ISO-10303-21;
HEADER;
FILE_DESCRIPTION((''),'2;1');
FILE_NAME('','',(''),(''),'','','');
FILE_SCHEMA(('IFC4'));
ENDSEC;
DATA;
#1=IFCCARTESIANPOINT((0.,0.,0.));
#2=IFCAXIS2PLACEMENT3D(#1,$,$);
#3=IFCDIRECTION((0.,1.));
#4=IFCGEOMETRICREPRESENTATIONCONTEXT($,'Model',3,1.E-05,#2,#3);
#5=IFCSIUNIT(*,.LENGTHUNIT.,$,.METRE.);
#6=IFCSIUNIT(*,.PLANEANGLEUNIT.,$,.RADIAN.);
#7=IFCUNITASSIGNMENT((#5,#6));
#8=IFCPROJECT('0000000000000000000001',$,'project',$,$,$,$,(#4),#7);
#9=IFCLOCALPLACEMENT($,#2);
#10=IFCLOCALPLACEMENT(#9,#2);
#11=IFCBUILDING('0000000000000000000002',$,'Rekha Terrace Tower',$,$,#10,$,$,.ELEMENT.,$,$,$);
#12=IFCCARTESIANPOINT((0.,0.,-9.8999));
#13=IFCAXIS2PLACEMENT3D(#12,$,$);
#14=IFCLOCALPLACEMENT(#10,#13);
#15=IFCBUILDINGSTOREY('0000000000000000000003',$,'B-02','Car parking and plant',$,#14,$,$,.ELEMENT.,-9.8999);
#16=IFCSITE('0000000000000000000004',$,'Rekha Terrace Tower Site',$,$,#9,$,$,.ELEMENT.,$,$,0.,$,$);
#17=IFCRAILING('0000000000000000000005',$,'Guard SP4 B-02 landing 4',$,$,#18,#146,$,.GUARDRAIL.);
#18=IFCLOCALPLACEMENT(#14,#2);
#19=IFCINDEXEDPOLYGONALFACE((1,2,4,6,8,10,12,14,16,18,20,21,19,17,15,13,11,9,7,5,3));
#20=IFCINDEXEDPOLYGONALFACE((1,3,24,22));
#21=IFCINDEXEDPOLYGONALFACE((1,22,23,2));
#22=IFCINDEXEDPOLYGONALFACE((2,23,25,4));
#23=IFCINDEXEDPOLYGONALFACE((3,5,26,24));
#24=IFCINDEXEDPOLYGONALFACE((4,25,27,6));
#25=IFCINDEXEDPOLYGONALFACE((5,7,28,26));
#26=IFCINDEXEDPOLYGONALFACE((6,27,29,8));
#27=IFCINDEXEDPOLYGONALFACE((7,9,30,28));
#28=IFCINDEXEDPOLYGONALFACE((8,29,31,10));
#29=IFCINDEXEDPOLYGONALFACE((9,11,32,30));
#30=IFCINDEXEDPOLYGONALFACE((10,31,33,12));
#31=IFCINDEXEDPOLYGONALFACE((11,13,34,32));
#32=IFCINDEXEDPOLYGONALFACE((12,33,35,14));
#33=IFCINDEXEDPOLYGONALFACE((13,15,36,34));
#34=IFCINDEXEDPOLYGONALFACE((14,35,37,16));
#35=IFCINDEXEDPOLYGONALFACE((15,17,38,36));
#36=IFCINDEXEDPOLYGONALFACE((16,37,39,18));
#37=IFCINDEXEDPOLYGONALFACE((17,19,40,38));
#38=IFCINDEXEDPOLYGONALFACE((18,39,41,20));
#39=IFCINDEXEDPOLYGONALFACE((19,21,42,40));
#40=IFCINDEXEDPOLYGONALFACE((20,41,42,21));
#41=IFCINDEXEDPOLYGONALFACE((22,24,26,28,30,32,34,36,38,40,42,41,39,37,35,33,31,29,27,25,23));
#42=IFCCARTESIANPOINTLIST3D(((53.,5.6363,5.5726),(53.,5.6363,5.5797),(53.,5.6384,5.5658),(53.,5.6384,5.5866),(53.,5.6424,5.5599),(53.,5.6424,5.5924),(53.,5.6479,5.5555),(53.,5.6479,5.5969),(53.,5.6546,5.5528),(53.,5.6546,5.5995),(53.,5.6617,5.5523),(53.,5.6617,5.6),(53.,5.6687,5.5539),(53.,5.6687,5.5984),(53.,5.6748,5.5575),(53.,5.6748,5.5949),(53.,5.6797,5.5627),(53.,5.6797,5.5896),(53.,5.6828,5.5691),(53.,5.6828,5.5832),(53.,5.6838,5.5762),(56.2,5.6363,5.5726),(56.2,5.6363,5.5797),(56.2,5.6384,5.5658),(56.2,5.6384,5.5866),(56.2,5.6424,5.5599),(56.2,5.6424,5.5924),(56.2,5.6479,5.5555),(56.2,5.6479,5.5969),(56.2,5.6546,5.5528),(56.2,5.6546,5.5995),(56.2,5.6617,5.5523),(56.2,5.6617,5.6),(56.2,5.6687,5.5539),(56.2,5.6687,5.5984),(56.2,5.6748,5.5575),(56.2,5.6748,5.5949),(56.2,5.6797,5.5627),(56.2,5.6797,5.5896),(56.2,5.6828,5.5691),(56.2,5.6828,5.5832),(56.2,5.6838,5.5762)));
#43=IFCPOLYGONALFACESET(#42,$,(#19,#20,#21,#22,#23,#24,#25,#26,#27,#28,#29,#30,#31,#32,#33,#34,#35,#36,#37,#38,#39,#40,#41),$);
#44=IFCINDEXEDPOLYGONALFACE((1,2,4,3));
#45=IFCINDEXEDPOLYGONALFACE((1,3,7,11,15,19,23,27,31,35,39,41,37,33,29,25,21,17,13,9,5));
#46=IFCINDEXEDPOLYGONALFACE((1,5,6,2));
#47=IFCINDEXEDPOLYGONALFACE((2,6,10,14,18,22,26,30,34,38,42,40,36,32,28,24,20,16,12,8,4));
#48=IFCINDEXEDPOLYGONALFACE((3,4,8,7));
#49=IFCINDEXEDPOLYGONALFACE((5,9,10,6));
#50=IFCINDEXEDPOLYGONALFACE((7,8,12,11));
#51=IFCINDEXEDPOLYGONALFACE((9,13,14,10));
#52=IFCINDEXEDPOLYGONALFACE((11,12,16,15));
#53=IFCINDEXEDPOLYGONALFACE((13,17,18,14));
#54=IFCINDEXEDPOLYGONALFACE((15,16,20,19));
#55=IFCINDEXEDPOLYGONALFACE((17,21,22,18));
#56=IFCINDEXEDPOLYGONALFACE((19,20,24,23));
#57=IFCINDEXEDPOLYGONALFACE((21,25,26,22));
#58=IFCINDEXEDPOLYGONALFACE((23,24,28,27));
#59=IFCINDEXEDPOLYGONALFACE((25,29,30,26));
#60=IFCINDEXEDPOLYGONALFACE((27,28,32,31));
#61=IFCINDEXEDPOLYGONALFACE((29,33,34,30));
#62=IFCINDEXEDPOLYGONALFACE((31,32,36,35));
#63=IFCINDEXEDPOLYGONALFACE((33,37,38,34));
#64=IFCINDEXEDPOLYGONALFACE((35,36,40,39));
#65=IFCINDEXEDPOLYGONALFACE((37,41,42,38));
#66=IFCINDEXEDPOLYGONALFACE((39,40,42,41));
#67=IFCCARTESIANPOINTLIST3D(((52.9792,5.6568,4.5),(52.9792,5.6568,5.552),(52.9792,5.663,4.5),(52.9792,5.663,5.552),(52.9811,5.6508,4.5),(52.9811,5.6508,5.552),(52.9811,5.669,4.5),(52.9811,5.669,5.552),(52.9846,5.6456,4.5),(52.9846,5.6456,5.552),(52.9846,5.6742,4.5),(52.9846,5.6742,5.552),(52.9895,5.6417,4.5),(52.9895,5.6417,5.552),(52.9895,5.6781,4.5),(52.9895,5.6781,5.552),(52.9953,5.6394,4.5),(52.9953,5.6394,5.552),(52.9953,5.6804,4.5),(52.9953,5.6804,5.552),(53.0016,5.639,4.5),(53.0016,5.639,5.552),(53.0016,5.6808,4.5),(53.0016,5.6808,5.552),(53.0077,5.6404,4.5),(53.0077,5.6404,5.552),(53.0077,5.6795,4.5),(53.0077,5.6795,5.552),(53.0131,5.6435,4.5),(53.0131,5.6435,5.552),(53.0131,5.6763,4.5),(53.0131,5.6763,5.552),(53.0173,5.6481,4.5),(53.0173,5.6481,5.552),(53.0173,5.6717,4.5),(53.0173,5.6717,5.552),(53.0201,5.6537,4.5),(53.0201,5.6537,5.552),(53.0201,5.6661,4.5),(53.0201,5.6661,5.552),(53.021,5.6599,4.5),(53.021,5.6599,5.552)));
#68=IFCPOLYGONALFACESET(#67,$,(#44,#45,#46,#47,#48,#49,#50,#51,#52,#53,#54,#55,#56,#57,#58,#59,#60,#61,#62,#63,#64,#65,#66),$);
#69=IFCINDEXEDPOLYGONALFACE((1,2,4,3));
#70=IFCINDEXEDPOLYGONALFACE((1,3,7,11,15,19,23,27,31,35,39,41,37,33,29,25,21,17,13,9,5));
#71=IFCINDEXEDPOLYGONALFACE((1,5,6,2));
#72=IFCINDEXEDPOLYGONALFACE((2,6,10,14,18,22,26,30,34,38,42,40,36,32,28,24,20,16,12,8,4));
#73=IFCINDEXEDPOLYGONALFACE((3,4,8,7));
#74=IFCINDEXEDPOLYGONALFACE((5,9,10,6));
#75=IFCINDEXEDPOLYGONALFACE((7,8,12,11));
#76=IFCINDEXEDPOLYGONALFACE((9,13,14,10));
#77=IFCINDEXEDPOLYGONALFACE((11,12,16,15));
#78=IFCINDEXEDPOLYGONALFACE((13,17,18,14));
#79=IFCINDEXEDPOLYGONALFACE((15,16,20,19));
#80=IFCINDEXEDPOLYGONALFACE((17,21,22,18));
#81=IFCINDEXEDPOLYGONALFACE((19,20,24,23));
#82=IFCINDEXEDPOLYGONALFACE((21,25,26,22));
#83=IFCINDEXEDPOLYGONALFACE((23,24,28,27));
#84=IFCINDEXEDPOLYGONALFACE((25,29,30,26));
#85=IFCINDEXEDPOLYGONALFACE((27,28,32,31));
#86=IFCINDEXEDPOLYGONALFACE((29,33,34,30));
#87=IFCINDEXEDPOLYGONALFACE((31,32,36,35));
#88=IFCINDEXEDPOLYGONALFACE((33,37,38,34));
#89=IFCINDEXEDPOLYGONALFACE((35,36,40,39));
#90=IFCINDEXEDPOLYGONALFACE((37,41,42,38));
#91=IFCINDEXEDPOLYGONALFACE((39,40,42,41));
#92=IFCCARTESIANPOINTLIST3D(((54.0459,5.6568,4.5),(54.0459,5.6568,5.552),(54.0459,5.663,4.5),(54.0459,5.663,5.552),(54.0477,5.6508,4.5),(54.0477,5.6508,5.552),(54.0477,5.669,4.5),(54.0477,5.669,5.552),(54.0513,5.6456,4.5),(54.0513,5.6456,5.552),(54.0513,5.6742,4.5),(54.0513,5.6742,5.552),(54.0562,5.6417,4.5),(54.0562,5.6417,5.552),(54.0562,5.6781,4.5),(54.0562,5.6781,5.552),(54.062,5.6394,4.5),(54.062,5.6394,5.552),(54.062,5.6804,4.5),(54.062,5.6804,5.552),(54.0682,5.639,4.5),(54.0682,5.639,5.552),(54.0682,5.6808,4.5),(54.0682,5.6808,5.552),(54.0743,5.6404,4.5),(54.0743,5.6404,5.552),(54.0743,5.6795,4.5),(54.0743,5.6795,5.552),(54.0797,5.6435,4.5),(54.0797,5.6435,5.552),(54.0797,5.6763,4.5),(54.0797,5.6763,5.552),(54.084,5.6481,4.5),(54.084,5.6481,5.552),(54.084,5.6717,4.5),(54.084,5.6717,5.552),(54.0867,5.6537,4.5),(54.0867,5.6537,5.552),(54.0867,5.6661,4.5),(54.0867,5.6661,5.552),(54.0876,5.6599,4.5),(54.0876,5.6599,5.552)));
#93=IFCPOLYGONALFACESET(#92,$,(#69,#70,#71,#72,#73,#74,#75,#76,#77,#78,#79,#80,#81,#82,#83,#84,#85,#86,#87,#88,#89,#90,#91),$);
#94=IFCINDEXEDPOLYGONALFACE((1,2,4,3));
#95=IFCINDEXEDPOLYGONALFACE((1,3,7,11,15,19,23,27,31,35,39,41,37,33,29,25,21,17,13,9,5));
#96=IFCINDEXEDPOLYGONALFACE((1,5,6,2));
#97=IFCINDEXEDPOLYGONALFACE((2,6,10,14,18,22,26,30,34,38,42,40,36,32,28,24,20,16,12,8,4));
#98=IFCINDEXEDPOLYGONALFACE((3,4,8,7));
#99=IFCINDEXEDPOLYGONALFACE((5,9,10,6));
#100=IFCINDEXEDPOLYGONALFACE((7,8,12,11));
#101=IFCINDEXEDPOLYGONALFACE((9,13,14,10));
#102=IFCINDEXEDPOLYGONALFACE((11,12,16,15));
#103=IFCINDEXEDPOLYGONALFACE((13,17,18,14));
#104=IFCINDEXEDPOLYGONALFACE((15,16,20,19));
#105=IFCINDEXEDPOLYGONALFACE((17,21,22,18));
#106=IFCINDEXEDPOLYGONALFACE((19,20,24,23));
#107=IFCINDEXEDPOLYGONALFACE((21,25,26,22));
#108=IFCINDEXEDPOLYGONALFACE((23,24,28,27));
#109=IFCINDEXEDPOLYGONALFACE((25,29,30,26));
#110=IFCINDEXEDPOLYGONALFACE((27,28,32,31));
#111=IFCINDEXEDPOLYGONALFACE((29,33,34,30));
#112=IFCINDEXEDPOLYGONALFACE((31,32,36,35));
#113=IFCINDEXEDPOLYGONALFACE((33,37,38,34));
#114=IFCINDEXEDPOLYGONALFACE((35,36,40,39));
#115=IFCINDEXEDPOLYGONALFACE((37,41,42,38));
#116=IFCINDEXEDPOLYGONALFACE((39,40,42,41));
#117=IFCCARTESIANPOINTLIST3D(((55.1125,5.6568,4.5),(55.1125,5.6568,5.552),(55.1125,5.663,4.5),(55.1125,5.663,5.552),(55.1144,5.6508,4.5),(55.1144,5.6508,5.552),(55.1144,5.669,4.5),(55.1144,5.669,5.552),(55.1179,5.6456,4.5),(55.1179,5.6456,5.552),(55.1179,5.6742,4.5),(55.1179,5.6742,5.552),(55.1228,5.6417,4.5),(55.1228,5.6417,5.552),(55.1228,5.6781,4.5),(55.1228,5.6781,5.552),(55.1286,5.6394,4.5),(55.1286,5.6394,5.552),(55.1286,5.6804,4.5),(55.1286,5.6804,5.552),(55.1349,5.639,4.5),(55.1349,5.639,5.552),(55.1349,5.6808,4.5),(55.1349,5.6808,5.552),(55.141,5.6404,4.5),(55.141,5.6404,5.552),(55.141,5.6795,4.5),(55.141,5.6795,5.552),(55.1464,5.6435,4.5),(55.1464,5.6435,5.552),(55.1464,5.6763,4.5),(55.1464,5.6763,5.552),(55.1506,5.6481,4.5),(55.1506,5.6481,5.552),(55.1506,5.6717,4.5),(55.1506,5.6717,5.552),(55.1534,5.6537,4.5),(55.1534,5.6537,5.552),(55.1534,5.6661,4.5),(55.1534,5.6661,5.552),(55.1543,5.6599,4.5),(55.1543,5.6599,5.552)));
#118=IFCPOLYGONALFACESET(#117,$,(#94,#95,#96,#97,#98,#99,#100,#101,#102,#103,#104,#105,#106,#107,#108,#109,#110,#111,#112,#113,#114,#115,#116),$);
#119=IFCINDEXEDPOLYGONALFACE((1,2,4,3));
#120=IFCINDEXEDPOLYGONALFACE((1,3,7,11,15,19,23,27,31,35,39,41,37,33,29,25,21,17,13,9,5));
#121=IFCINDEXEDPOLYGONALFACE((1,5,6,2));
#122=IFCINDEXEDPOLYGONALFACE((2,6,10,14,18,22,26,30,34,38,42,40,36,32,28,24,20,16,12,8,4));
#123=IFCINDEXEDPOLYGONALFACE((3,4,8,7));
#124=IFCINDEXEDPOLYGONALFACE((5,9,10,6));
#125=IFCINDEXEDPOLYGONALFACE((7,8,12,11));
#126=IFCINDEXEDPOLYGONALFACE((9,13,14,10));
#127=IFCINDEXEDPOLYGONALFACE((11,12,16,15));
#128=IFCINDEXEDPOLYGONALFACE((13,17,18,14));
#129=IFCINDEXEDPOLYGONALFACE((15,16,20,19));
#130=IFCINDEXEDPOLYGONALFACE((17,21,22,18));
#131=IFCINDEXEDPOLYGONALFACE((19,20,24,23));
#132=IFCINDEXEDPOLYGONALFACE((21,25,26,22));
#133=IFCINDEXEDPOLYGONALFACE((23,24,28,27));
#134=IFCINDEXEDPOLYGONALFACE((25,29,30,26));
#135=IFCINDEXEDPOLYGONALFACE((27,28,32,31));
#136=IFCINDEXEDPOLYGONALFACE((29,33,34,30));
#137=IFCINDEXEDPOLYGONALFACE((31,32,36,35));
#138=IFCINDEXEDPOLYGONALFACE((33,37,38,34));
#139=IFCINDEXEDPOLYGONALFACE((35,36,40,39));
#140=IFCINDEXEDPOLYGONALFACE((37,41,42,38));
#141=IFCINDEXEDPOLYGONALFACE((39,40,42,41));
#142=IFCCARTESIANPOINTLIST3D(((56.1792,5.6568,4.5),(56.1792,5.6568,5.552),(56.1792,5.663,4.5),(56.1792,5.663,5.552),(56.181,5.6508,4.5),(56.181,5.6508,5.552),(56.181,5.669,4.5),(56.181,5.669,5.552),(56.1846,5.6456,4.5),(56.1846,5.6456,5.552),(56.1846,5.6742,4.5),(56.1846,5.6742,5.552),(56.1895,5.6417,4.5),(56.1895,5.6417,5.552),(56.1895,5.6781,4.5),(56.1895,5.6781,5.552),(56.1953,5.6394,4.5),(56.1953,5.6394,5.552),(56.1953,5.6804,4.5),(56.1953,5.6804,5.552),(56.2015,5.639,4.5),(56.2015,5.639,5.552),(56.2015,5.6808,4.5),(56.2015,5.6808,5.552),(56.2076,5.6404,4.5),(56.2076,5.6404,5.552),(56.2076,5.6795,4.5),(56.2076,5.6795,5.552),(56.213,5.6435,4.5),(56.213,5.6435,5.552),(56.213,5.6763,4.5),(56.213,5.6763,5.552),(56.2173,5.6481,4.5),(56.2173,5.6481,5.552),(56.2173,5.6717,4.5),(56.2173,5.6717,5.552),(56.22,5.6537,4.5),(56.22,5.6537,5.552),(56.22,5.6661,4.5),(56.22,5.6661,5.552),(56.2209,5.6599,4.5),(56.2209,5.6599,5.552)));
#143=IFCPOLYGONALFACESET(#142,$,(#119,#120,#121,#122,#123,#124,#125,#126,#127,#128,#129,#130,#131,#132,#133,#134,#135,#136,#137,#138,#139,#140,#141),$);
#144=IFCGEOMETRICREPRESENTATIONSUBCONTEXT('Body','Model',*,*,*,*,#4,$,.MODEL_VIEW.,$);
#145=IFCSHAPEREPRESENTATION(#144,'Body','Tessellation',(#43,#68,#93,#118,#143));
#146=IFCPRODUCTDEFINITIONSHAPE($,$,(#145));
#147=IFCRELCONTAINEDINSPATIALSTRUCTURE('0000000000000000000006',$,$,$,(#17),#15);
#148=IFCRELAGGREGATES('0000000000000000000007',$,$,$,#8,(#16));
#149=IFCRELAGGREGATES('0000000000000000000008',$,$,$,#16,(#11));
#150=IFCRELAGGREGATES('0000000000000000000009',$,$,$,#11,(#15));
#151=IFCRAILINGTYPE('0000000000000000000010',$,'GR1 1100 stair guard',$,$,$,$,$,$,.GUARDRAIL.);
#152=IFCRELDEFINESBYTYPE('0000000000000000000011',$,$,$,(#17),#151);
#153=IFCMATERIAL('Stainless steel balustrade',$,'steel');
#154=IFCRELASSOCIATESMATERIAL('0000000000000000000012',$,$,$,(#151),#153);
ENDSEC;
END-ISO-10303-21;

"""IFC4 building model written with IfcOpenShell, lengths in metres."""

from ifc_helpers import new_model, si_unit, direction, frame, origin, origin_2d, place, context, subcontext, project, spatial, circle, extrude, material, type_object, element, save


model = new_model("IFC4")

# Units and contexts
model_context = context("Model", 3, precision=1e-05, world=origin(), true_north=direction((0.0, 1.0)))
body_context = subcontext(model_context, "Body", "Model", "MODEL_VIEW")
ifc_project = project(units=[si_unit("LENGTHUNIT", "METRE"), si_unit("PLANEANGLEUNIT", "RADIAN")], contexts=[model_context])

# Site, building, storey
site_placement = place(None, origin())
site = spatial("IfcSite", under=ifc_project, at=site_placement, Name="Rekha Terrace Tower Site", CompositionType="ELEMENT", RefElevation=0.0)
building_placement = place(site_placement, origin())
building = spatial("IfcBuilding", under=site, at=building_placement, Name="Rekha Terrace Tower", CompositionType="ELEMENT")
storey_placement = place(building_placement, frame((0.0, 0.0, -9.8999)))
storey = spatial("IfcBuildingStorey", under=building, at=storey_placement, Name="B-02", Description="Car parking and plant", CompositionType="ELEMENT", Elevation=-9.8999)

# Railing
ifc_material_1 = material(Name="Stainless steel balustrade", Category="steel")
railing_type_1 = type_object("IfcRailingType", Name="GR1 1100 stair guard", PredefinedType="GUARDRAIL", material=ifc_material_1)
railing_1_placement = place(storey_placement, frame((53.0, 5.6599, 4.5)))
element("IfcRailing", 1, at=railing_1_placement, inside=storey, type_object=railing_type_1, Name="Guard SP4 B-02 landing 4", PredefinedType="GUARDRAIL", context=body_context, shape_type="SweptSolid", body=[
    extrude(circle(Radius=0.0239, at=origin_2d()), frame((0.0, 0.0, 1.0762), z_axis=(1.0, 0.0, 0.0), x_axis=(0.0, 1.0, 0.0)), (0.0, 0.0, 1.0), 3.2),
    extrude(circle(Radius=0.021, at=origin_2d()), origin(), (0.0, 0.0, 1.0), 1.052),
    extrude(circle(Radius=0.021, at=origin_2d()), frame((1.0667, 0.0, 0.0)), (0.0, 0.0, 1.0), 1.052),
    extrude(circle(Radius=0.021, at=origin_2d()), frame((2.1333, 0.0, 0.0)), (0.0, 0.0, 1.0), 1.052),
    extrude(circle(Radius=0.021, at=origin_2d()), frame((3.2, 0.0, 0.0)), (0.0, 0.0, 1.0), 1.052),
])

save(model, "model.ifc")
